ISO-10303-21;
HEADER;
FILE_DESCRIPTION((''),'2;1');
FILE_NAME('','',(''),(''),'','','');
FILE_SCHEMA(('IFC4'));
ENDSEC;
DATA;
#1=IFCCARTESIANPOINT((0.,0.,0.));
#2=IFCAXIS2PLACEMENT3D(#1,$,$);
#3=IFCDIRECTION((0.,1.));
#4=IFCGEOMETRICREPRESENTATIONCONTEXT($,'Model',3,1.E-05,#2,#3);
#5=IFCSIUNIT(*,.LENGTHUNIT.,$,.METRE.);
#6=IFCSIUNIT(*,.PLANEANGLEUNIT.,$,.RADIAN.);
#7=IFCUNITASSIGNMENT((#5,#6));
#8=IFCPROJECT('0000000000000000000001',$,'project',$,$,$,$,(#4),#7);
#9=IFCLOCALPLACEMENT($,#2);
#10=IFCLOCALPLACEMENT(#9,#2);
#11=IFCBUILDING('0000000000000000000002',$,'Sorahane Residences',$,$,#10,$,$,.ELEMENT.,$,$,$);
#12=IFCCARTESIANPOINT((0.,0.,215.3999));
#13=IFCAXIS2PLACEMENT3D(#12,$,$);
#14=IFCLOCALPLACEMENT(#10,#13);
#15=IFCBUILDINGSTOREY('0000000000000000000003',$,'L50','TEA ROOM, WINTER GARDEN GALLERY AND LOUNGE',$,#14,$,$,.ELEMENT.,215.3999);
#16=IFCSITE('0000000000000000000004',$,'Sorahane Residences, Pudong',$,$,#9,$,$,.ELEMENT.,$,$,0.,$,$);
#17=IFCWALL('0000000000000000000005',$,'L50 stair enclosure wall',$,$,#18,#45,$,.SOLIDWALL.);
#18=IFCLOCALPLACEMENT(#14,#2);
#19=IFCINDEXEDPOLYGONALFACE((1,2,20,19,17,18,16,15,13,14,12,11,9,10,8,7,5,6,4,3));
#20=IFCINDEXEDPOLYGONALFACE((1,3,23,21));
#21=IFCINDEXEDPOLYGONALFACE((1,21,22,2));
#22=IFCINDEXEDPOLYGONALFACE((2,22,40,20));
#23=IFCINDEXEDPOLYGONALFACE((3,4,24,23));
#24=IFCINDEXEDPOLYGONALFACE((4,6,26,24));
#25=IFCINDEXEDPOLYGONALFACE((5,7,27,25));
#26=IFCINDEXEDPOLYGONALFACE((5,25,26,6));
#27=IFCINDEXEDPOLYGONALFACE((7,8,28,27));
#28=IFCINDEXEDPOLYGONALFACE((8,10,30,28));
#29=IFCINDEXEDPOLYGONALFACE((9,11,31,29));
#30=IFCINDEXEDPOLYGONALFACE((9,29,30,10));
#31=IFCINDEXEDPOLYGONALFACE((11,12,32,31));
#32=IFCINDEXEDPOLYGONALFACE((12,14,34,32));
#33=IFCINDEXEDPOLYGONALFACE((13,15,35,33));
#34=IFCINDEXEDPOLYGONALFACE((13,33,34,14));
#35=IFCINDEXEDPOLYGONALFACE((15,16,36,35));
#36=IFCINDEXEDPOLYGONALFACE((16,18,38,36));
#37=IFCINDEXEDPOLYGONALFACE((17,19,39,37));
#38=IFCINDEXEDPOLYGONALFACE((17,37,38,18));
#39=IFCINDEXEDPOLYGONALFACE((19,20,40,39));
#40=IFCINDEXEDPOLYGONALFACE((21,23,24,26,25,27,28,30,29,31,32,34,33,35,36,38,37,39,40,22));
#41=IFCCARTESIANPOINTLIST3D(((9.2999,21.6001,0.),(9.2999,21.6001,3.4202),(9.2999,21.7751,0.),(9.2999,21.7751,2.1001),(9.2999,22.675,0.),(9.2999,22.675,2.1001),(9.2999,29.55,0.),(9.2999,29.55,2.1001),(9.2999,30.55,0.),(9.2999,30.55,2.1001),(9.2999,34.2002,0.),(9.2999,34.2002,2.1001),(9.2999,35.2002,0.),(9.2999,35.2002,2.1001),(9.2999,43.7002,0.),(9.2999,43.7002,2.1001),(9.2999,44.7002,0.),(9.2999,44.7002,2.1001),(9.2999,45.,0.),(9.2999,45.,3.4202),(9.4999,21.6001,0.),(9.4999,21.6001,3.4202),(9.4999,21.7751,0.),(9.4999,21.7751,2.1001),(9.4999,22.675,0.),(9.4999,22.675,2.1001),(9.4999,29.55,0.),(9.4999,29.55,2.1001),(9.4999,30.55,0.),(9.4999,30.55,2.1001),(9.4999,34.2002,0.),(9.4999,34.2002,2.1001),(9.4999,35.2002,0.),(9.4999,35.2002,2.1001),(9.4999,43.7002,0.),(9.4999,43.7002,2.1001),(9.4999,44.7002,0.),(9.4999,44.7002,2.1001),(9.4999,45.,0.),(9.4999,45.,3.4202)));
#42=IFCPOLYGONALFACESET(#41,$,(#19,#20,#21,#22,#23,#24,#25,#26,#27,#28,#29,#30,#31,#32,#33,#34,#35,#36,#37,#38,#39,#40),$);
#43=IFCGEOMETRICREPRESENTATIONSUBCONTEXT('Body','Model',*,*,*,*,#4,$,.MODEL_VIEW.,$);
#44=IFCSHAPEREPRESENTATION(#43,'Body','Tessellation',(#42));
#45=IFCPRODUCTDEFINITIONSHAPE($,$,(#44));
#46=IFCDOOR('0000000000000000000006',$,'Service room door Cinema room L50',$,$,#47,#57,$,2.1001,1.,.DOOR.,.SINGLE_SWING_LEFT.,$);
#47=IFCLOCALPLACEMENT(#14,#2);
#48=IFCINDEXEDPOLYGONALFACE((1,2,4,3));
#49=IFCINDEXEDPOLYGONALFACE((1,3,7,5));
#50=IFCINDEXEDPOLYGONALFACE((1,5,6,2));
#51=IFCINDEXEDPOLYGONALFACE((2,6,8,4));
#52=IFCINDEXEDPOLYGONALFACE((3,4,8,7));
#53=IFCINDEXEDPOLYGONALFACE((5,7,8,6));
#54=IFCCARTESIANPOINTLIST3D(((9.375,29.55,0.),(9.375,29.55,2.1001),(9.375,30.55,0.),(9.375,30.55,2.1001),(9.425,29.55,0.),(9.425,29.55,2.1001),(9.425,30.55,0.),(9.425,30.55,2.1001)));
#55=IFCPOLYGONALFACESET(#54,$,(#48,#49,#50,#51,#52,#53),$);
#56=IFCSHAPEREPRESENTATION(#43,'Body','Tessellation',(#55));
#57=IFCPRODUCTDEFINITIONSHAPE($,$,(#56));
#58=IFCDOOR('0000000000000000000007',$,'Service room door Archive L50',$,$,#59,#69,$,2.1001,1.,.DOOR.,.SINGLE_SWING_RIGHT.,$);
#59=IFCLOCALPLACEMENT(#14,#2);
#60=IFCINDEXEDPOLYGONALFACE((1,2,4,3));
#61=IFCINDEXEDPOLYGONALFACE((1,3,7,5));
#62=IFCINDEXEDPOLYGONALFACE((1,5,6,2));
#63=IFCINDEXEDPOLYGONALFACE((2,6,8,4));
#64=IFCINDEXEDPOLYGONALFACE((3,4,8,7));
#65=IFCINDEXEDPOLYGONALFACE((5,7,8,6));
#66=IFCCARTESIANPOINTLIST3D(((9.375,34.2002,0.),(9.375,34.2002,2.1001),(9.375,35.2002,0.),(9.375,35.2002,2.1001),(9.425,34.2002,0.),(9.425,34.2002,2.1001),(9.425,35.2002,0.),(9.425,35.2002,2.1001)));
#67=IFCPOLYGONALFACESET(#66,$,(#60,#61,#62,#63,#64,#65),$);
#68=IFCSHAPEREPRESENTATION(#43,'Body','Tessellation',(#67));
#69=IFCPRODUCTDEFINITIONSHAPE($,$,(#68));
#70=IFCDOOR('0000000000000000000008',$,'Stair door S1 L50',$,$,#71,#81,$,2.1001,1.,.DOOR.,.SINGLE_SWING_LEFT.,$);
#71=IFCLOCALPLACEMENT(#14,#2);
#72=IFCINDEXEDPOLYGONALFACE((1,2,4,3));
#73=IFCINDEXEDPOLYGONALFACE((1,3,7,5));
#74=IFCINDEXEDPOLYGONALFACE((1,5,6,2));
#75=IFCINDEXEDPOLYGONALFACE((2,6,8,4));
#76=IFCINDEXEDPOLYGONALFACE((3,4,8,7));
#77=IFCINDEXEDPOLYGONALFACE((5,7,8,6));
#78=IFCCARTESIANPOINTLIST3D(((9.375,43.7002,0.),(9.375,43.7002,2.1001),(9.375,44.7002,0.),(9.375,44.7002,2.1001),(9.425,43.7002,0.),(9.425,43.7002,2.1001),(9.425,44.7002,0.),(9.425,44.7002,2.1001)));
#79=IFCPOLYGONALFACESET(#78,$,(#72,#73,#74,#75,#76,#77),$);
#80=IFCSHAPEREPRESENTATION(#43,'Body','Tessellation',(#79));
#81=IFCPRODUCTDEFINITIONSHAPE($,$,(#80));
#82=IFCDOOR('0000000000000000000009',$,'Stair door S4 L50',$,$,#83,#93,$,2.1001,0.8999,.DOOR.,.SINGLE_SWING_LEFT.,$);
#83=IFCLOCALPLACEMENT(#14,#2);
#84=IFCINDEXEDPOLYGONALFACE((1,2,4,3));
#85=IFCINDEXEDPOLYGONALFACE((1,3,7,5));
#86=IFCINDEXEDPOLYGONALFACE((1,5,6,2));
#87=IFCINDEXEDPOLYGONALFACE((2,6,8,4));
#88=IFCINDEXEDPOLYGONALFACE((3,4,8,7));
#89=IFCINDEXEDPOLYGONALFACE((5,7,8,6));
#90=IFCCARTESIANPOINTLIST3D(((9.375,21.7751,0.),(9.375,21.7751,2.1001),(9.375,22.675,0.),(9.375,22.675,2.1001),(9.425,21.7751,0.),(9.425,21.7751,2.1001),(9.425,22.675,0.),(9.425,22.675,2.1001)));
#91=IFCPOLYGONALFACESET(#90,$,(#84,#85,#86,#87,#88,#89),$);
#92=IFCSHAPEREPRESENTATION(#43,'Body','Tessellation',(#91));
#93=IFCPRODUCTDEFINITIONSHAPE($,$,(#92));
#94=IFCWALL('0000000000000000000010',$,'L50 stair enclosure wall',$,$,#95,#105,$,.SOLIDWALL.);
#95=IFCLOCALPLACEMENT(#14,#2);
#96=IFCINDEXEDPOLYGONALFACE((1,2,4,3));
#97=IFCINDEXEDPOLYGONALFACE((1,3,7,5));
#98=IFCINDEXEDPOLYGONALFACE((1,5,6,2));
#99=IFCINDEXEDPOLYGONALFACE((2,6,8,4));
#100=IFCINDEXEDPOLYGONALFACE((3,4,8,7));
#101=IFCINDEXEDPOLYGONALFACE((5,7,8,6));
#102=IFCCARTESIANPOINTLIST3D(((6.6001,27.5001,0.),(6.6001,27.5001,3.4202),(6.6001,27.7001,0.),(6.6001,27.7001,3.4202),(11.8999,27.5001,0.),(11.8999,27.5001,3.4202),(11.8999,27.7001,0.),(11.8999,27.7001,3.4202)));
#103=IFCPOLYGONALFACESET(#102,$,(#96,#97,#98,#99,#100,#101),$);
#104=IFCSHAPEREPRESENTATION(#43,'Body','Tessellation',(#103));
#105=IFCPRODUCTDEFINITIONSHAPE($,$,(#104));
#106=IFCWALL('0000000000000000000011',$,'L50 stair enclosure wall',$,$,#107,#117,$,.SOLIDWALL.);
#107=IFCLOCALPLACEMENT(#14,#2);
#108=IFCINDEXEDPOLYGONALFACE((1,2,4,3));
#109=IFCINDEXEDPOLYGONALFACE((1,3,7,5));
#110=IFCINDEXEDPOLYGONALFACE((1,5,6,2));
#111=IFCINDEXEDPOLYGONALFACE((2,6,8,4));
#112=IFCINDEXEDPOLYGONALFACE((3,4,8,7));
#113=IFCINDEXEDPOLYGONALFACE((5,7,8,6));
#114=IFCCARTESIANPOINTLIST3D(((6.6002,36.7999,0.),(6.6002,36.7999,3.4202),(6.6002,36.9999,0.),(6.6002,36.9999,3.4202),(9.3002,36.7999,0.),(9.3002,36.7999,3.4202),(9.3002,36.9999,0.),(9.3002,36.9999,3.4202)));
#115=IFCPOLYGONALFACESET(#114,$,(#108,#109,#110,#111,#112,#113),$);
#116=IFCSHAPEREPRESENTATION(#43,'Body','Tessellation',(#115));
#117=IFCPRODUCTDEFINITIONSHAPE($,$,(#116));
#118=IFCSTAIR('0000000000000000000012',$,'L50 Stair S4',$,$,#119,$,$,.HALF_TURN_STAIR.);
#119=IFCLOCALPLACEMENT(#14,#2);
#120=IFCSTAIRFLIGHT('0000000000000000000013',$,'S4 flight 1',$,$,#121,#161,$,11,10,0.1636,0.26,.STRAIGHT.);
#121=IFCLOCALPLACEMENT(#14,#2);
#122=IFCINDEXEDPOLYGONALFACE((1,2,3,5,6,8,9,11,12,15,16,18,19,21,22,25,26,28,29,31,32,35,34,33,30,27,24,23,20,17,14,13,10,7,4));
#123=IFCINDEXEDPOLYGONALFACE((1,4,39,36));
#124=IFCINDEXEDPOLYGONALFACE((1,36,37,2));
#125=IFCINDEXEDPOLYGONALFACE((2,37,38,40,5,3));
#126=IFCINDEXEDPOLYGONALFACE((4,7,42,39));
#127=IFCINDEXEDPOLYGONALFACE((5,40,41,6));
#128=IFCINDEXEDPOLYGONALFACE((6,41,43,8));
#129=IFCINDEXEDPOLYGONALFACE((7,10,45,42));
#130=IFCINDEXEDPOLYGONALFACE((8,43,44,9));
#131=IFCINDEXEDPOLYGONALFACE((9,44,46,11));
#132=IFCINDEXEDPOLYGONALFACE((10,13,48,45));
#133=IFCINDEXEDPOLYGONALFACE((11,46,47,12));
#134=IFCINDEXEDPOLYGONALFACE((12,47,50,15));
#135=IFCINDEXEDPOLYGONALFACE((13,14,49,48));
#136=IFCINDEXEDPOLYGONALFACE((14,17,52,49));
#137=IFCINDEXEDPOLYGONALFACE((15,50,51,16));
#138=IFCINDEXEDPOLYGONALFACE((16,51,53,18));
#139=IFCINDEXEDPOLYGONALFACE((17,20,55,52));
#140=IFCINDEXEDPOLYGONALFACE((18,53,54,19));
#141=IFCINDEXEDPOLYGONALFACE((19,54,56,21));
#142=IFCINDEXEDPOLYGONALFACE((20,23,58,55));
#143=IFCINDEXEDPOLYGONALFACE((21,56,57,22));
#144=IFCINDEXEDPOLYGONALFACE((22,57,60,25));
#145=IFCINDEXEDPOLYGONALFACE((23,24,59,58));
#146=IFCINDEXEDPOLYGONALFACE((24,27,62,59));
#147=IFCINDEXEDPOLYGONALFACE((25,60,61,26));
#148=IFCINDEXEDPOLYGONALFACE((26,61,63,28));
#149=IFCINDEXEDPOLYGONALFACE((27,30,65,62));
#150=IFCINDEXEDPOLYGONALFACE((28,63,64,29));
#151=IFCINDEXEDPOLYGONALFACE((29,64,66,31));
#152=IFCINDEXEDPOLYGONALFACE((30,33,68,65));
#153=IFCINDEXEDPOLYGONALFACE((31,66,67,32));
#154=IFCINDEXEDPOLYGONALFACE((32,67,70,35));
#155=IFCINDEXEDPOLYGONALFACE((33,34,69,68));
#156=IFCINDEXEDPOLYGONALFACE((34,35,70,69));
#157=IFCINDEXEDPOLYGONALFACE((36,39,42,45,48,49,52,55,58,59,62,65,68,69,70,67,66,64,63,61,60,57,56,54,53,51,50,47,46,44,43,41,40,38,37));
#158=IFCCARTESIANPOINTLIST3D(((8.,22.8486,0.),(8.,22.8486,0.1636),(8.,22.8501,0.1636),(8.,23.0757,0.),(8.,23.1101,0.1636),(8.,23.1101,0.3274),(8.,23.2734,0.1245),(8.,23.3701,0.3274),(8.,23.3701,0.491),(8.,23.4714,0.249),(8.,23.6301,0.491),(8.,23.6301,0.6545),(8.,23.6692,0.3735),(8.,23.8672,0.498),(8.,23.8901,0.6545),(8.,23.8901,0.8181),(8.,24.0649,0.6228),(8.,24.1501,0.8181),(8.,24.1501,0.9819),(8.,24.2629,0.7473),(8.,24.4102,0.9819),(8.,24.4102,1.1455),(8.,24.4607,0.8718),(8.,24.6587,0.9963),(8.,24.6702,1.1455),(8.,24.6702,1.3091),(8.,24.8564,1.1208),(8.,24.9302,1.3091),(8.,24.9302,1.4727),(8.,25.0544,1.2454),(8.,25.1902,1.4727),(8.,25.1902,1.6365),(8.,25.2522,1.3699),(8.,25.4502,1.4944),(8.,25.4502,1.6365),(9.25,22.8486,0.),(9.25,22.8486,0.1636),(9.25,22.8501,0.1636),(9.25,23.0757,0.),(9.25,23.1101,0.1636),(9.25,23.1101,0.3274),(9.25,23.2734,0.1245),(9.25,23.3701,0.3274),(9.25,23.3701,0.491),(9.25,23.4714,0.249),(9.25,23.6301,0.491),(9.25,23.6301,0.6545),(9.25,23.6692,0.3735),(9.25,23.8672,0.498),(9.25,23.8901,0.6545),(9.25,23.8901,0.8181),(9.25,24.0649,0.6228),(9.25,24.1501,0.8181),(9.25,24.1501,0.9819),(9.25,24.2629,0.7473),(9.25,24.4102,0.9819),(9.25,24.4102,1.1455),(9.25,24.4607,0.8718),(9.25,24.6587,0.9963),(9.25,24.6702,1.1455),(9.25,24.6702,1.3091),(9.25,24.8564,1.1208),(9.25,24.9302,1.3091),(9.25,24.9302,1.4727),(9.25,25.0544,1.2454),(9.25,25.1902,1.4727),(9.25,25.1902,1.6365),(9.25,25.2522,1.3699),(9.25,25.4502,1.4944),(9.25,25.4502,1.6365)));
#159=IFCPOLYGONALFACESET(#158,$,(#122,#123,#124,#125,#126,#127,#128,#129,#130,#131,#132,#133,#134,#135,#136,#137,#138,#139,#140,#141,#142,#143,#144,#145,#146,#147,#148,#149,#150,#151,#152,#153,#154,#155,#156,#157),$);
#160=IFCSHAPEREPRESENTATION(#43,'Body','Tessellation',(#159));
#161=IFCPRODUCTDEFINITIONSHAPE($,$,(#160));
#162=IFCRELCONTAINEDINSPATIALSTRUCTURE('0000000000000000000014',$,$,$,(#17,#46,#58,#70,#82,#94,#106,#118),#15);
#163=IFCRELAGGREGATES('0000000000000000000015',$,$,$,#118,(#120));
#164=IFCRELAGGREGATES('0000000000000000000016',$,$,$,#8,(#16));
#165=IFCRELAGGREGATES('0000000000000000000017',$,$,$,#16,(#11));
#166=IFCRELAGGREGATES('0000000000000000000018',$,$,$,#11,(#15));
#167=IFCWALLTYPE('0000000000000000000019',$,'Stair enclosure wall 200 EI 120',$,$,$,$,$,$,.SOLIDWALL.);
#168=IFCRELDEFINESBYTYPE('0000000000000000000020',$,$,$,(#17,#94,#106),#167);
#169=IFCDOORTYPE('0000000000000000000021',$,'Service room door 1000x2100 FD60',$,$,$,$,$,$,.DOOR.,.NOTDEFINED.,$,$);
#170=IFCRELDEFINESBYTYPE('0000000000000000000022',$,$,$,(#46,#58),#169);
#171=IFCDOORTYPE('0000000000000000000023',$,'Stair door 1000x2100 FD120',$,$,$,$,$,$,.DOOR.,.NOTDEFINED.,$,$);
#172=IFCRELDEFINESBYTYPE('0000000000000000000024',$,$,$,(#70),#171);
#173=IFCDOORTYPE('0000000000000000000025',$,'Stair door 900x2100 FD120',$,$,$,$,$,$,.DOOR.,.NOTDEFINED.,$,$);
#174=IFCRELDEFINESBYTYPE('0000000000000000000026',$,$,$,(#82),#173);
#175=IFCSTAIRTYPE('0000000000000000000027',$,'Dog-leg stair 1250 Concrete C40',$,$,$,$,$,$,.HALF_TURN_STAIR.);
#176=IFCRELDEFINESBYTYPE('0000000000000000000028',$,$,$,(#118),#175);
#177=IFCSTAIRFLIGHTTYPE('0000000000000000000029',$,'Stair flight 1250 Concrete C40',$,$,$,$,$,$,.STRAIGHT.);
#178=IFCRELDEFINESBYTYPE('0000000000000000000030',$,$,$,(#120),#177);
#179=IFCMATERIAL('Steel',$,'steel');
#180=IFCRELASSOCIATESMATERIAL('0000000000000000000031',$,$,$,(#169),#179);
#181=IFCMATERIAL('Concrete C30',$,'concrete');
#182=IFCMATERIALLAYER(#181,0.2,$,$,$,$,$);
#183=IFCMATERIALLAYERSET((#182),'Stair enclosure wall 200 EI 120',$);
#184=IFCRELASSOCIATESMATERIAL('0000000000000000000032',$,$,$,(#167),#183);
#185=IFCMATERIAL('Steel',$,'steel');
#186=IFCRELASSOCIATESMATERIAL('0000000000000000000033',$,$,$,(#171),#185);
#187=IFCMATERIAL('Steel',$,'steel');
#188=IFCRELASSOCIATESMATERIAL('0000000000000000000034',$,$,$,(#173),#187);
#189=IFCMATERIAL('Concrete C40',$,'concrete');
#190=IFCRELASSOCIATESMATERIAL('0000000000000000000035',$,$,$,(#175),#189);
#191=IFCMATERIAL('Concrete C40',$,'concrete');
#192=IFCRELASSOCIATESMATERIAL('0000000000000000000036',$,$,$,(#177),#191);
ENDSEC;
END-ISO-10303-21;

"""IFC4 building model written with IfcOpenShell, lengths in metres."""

from ifc_helpers import new_model, si_unit, direction, frame, frame_2d, origin, place, context, subcontext, project, spatial, polyline, rectangle, outline, extrude, material, layer, layer_set, type_object, element, fill, aggregate, save


model = new_model("IFC4")

# Units and contexts
model_context = context("Model", 3, precision=1e-05, world=origin(), true_north=direction((0.0, 1.0)))
body_context = subcontext(model_context, "Body", "Model", "MODEL_VIEW")
ifc_project = project(units=[si_unit("LENGTHUNIT", "METRE"), si_unit("PLANEANGLEUNIT", "RADIAN")], contexts=[model_context])

# Site, building, storey
site_placement = place(None, origin())
site = spatial("IfcSite", under=ifc_project, at=site_placement, Name="Sorahane Residences, Pudong", CompositionType="ELEMENT", RefElevation=0.0)
building_placement = place(site_placement, origin())
building = spatial("IfcBuilding", under=site, at=building_placement, Name="Sorahane Residences", CompositionType="ELEMENT")
storey_placement = place(building_placement, frame((0.0, 0.0, 215.3999)))
storey = spatial("IfcBuildingStorey", under=building, at=storey_placement, Name="L50", Description="TEA ROOM, WINTER GARDEN GALLERY AND LOUNGE", CompositionType="ELEMENT", Elevation=215.3999)

# Shared definitions
ifc_material_1 = material(Name="Steel", Category="steel")
door_type_1 = type_object("IfcDoorType", Name="Service room door 1000x2100 FD60", OperationType="NOTDEFINED", PredefinedType="DOOR", material=ifc_material_1)

# Wall, openings, doors
ifc_material_2 = material(Name="Concrete C30", Category="concrete")
ifc_layer_1 = layer(ifc_material_2, 0.2)
ifc_layer_set_1 = layer_set([ifc_layer_1], Name="Stair enclosure wall 200 EI 120")
wall_type_1 = type_object("IfcWallType", Name="Stair enclosure wall 200 EI 120", PredefinedType="SOLIDWALL", material=ifc_layer_set_1)
wall_1_placement = place(storey_placement, frame((9.3999, 21.6001, 0.0), z_axis=(0.0, 0.0, 1.0), x_axis=(0.0, 1.0, 0.0)))
wall_1 = element("IfcWall", 1, at=wall_1_placement, inside=storey, type_object=wall_type_1, Name="L50 stair enclosure wall", PredefinedType="SOLIDWALL", context=body_context, shape_type="SweptSolid", body=[
    extrude(rectangle(XDim=23.3999, YDim=0.2, at=frame_2d((11.7, 0.0))), origin(), (0.0, 0.0, 1.0), 3.4202),
])
opening_1_placement = place(wall_1_placement, frame((7.95, 0.0, 0.0)))
opening_1 = element("IfcOpeningElement", 2, at=opening_1_placement, cuts=wall_1, PredefinedType="OPENING", context=body_context, shape_type="SweptSolid", body=[
    extrude(rectangle(XDim=1.0, YDim=2.1001, at=frame_2d((0.5, 1.05))), frame((0.0, 0.1099, 0.0), z_axis=(0.0, -1.0, 0.0), x_axis=(1.0, 0.0, 0.0)), (0.0, 0.0, 1.0), 0.22),
])
opening_2_placement = place(wall_1_placement, frame((12.6001, 0.0, 0.0)))
opening_2 = element("IfcOpeningElement", 3, at=opening_2_placement, cuts=wall_1, PredefinedType="OPENING", context=body_context, shape_type="SweptSolid", body=[
    extrude(rectangle(XDim=1.0, YDim=2.1001, at=frame_2d((0.5, 1.05))), frame((0.0, 0.1099, 0.0), z_axis=(0.0, -1.0, 0.0), x_axis=(1.0, 0.0, 0.0)), (0.0, 0.0, 1.0), 0.22),
])
opening_3_placement = place(wall_1_placement, frame((22.1001, 0.0, 0.0)))
opening_3 = element("IfcOpeningElement", 4, at=opening_3_placement, cuts=wall_1, PredefinedType="OPENING", context=body_context, shape_type="SweptSolid", body=[
    extrude(rectangle(XDim=1.0, YDim=2.1001, at=frame_2d((0.5, 1.05))), frame((0.0, 0.1099, 0.0), z_axis=(0.0, -1.0, 0.0), x_axis=(1.0, 0.0, 0.0)), (0.0, 0.0, 1.0), 0.22),
])
opening_4_placement = place(wall_1_placement, frame((0.175, 0.0, 0.0)))
opening_4 = element("IfcOpeningElement", 5, at=opening_4_placement, cuts=wall_1, PredefinedType="OPENING", context=body_context, shape_type="SweptSolid", body=[
    extrude(rectangle(XDim=0.8999, YDim=2.1001, at=frame_2d((0.45, 1.05))), frame((0.0, 0.1099, 0.0), z_axis=(0.0, -1.0, 0.0), x_axis=(1.0, 0.0, 0.0)), (0.0, 0.0, 1.0), 0.22),
])
door_1_placement = place(opening_1_placement, origin())
door_1 = element("IfcDoor", 6, at=door_1_placement, inside=storey, type_object=door_type_1, Name="Service room door Cinema room L50", OperationType="SINGLE_SWING_LEFT", OverallHeight=2.1001, OverallWidth=1.0, PredefinedType="DOOR", context=body_context, shape_type="SweptSolid", body=[
    extrude(rectangle(XDim=1.0, YDim=2.1001, at=frame_2d((0.5, 1.05))), frame((0.0, 0.0249, 0.0), z_axis=(0.0, -1.0, 0.0), x_axis=(1.0, 0.0, 0.0)), (0.0, 0.0, 1.0), 0.05),
])
fill(opening_1, door_1)
door_2_placement = place(opening_2_placement, origin())
door_2 = element("IfcDoor", 7, at=door_2_placement, inside=storey, type_object=door_type_1, Name="Service room door Archive L50", OperationType="SINGLE_SWING_RIGHT", OverallHeight=2.1001, OverallWidth=1.0, PredefinedType="DOOR", context=body_context, shape_type="SweptSolid", body=[
    extrude(rectangle(XDim=1.0, YDim=2.1001, at=frame_2d((0.5, 1.05))), frame((0.0, 0.0249, 0.0), z_axis=(0.0, -1.0, 0.0), x_axis=(1.0, 0.0, 0.0)), (0.0, 0.0, 1.0), 0.05),
])
fill(opening_2, door_2)
ifc_material_3 = material(Name="Steel", Category="steel")
door_type_2 = type_object("IfcDoorType", Name="Stair door 1000x2100 FD120", OperationType="NOTDEFINED", PredefinedType="DOOR", material=ifc_material_3)
door_3_placement = place(opening_3_placement, origin())
door_3 = element("IfcDoor", 8, at=door_3_placement, inside=storey, type_object=door_type_2, Name="Stair door S1 L50", OperationType="SINGLE_SWING_LEFT", OverallHeight=2.1001, OverallWidth=1.0, PredefinedType="DOOR", context=body_context, shape_type="SweptSolid", body=[
    extrude(rectangle(XDim=1.0, YDim=2.1001, at=frame_2d((0.5, 1.05))), frame((0.0, 0.0249, 0.0), z_axis=(0.0, -1.0, 0.0), x_axis=(1.0, 0.0, 0.0)), (0.0, 0.0, 1.0), 0.05),
])
fill(opening_3, door_3)
ifc_material_4 = material(Name="Steel", Category="steel")
door_type_3 = type_object("IfcDoorType", Name="Stair door 900x2100 FD120", OperationType="NOTDEFINED", PredefinedType="DOOR", material=ifc_material_4)
door_4_placement = place(opening_4_placement, origin())
door_4 = element("IfcDoor", 9, at=door_4_placement, inside=storey, type_object=door_type_3, Name="Stair door S4 L50", OperationType="SINGLE_SWING_LEFT", OverallHeight=2.1001, OverallWidth=0.8999, PredefinedType="DOOR", context=body_context, shape_type="SweptSolid", body=[
    extrude(rectangle(XDim=0.8999, YDim=2.1001, at=frame_2d((0.45, 1.05))), frame((0.0, 0.0249, 0.0), z_axis=(0.0, -1.0, 0.0), x_axis=(1.0, 0.0, 0.0)), (0.0, 0.0, 1.0), 0.05),
])
fill(opening_4, door_4)

# Walls
wall_2_placement = place(storey_placement, frame((6.6001, 27.6001, 0.0), z_axis=(0.0, 0.0, 1.0), x_axis=(1.0, 0.0, 0.0)))
element("IfcWall", 10, at=wall_2_placement, inside=storey, type_object=wall_type_1, Name="L50 stair enclosure wall", PredefinedType="SOLIDWALL", context=body_context, shape_type="SweptSolid", body=[
    extrude(rectangle(XDim=5.2998, YDim=0.2, at=frame_2d((2.6499, 0.0))), origin(), (0.0, 0.0, 1.0), 3.4202),
])
wall_3_placement = place(storey_placement, frame((6.6001, 36.8999, 0.0), z_axis=(0.0, 0.0, 1.0), x_axis=(1.0, 0.0, 0.0)))
element("IfcWall", 11, at=wall_3_placement, inside=storey, type_object=wall_type_1, Name="L50 stair enclosure wall", PredefinedType="SOLIDWALL", context=body_context, shape_type="SweptSolid", body=[
    extrude(rectangle(XDim=2.7, YDim=0.2, at=frame_2d((1.3501, 0.0))), origin(), (0.0, 0.0, 1.0), 3.4202),
])

# Stair, stair flight
ifc_material_5 = material(Name="Concrete C40", Category="concrete")
stair_type = type_object("IfcStairType", Name="Dog-leg stair 1250 Concrete C40", PredefinedType="HALF_TURN_STAIR", material=ifc_material_5)
stair_placement = place(storey_placement, origin())
stair = element("IfcStair", 12, at=stair_placement, inside=storey, type_object=stair_type, Name="L50 Stair S4", PredefinedType="HALF_TURN_STAIR")
ifc_material_6 = material(Name="Concrete C40", Category="concrete")
stair_flight_type = type_object("IfcStairFlightType", Name="Stair flight 1250 Concrete C40", PredefinedType="STRAIGHT", material=ifc_material_6)
stair_flight_1_placement = place(storey_placement, frame((8.625, 22.8501, 0.0), z_axis=(0.0, 0.0, 1.0), x_axis=(0.0, 1.0, 0.0)))
stair_flight_1 = element("IfcStairFlight", 13, at=stair_flight_1_placement, type_object=stair_flight_type, Name="S4 flight 1", NumberOfRisers=11, NumberOfTreads=10, PredefinedType="STRAIGHT", RiserHeight=0.1636, TreadLength=0.26, context=body_context, shape_type="SweptSolid", body=[
    extrude(outline(polyline([(-0.0015, 0.0), (-0.0015, 0.1636), (0.0, 0.1636), (0.26, 0.1636), (0.26, 0.3274), (0.52, 0.3274), (0.52, 0.491), (0.78, 0.491), (0.78, 0.6545), (1.04, 0.6545), (1.04, 0.8181), (1.3, 0.8181), (1.3, 0.9819), (1.5601, 0.9819), (1.5601, 1.1455), (1.8201, 1.1455), (1.8201, 1.3091), (2.0801, 1.3091), (2.0801, 1.4727), (2.3401, 1.4727), (2.3401, 1.6365), (2.6001, 1.6365), (2.6001, 1.8), (2.6001, 1.4944), (2.4021, 1.3699), (2.2043, 1.2454), (2.0063, 1.1208), (1.8086, 0.9963), (1.6106, 0.8718), (1.4128, 0.7473), (1.2148, 0.6228), (1.0171, 0.498), (0.8191, 0.3735), (0.6213, 0.249), (0.4233, 0.1245), (0.2256, 0.0), (-0.0015, 0.0)])), frame((0.0, 0.625, 0.0), z_axis=(0.0, -1.0, 0.0), x_axis=(1.0, 0.0, 0.0)), (0.0, 0.0, 1.0), 1.25),
])
aggregate(stair, [stair_flight_1])

save(model, "model.ifc")
